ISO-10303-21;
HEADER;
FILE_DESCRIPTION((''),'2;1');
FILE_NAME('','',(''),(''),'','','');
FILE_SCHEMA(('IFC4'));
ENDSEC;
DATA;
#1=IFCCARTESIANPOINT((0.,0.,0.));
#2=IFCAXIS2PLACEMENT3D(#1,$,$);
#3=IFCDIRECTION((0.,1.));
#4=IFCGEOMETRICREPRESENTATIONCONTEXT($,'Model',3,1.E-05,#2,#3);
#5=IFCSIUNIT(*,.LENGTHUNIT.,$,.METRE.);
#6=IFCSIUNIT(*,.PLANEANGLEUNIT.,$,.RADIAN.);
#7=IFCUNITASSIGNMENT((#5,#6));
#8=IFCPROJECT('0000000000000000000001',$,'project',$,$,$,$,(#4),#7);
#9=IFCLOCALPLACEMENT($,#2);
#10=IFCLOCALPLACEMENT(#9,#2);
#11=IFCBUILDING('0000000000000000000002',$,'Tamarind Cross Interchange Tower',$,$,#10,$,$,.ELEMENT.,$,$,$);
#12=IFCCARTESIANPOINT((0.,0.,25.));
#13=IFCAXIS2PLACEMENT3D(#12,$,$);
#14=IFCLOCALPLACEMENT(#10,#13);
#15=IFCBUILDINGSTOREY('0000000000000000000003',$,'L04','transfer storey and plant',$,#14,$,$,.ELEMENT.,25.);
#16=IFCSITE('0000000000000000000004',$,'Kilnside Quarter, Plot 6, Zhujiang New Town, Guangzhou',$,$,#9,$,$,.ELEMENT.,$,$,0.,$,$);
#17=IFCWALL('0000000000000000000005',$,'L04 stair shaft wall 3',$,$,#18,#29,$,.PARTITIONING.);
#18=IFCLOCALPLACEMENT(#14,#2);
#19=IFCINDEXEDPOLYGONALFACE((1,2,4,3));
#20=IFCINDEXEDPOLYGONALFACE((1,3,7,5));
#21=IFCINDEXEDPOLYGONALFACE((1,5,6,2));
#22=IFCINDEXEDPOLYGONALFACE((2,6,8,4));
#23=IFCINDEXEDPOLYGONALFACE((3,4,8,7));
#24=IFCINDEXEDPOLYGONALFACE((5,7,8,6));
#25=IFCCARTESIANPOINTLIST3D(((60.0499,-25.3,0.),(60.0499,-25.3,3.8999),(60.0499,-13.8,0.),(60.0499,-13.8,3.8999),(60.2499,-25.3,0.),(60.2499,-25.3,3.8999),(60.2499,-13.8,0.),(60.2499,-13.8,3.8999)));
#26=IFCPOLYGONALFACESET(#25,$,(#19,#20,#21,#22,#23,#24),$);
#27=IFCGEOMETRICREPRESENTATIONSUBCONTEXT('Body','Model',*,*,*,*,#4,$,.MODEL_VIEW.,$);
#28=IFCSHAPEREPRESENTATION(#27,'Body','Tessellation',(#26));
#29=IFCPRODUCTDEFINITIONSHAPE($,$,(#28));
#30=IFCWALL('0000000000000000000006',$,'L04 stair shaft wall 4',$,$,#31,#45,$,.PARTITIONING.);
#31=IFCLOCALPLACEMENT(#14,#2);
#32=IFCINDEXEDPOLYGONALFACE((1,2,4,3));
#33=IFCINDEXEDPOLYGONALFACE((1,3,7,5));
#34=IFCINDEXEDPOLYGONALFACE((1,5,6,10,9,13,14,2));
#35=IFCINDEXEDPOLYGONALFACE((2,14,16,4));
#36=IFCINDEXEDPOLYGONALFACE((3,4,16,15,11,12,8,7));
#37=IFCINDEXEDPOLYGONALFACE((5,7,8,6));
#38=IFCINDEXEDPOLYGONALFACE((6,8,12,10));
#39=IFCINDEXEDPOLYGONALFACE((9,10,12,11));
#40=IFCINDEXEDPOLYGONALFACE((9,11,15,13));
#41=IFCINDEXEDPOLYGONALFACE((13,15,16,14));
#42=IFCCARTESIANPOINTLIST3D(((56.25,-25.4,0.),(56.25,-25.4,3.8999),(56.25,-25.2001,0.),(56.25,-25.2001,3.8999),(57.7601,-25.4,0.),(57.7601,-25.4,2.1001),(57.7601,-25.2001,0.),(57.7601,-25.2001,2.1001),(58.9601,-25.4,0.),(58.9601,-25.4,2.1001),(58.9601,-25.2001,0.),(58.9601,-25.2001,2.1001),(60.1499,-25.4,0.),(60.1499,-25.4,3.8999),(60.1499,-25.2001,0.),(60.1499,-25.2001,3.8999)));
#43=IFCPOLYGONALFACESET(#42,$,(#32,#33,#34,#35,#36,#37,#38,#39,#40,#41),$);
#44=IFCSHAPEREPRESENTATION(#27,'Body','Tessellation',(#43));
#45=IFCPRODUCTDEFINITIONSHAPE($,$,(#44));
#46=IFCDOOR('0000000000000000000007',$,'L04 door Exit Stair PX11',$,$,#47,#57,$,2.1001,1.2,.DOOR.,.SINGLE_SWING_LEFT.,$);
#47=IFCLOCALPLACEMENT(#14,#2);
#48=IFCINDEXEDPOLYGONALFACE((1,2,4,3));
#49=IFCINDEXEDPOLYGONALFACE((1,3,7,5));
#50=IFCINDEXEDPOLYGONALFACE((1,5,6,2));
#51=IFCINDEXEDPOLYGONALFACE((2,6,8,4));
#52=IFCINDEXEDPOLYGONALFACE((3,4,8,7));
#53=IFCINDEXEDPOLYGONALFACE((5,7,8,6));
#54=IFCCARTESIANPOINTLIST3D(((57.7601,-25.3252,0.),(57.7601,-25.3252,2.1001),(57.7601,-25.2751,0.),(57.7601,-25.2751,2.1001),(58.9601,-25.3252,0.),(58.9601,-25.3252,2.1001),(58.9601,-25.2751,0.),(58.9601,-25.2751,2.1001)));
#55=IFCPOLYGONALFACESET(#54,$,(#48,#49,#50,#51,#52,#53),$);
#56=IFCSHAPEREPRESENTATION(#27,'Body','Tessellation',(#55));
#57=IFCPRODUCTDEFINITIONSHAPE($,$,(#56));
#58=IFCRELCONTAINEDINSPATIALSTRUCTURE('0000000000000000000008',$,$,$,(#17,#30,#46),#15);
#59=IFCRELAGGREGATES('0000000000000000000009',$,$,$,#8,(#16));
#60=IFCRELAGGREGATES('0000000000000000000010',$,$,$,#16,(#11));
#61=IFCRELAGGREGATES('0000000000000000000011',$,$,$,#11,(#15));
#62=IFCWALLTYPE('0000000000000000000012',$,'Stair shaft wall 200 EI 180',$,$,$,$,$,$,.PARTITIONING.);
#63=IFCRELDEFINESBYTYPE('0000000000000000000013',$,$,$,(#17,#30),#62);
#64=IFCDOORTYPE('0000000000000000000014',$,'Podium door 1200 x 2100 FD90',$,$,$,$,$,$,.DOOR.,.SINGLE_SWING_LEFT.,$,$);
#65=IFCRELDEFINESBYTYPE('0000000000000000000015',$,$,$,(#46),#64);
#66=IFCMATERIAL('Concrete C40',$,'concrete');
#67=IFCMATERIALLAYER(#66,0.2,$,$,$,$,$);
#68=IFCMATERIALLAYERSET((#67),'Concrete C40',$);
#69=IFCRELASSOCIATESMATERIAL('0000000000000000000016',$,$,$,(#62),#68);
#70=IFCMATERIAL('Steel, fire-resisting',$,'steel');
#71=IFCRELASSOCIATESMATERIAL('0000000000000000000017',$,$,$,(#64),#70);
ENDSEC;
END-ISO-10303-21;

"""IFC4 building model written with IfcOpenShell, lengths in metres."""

from ifc_helpers import new_model, si_unit, direction, frame, frame_2d, origin, place, context, subcontext, project, spatial, rectangle, extrude, material, layer, layer_set, type_object, element, fill, save


model = new_model("IFC4")

# Units and contexts
model_context = context("Model", 3, precision=1e-05, world=origin(), true_north=direction((0.0, 1.0)))
body_context = subcontext(model_context, "Body", "Model", "MODEL_VIEW")
ifc_project = project(units=[si_unit("LENGTHUNIT", "METRE"), si_unit("PLANEANGLEUNIT", "RADIAN")], contexts=[model_context])

# Site, building, storey
site_placement = place(None, origin())
site = spatial("IfcSite", under=ifc_project, at=site_placement, Name="Kilnside Quarter, Plot 6, Zhujiang New Town, Guangzhou", CompositionType="ELEMENT", RefElevation=0.0)
building_placement = place(site_placement, origin())
building = spatial("IfcBuilding", under=site, at=building_placement, Name="Tamarind Cross Interchange Tower", CompositionType="ELEMENT")
storey_placement = place(building_placement, frame((0.0, 0.0, 25.0)))
storey = spatial("IfcBuildingStorey", under=building, at=storey_placement, Name="L04", Description="transfer storey and plant", CompositionType="ELEMENT", Elevation=25.0)

# Shared definitions
ifc_material_1 = material(Name="Steel, fire-resisting", Category="steel")

# Wall
ifc_material_2 = material(Name="Concrete C40", Category="concrete")
ifc_layer_1 = layer(ifc_material_2, 0.2)
ifc_layer_set_1 = layer_set([ifc_layer_1], Name="Concrete C40")
wall_type_1 = type_object("IfcWallType", Name="Stair shaft wall 200 EI 180", PredefinedType="PARTITIONING", material=ifc_layer_set_1)
for number, where, z_axis, x_axis, name in (
    (1, (60.1499, -25.3, 0.0), (0.0, 0.0, 1.0), (0.0, 1.0, 0.0), "L04 stair shaft wall 3"),
):
    element("IfcWall", number, at=place(storey_placement, frame(where, z_axis=z_axis, x_axis=x_axis)), inside=storey, type_object=wall_type_1, Name=name, PredefinedType="PARTITIONING", context=body_context, shape_type="SweptSolid", body=[
        extrude(rectangle(XDim=11.5, YDim=0.2, at=frame_2d((5.75, 0.0))), origin(), (0.0, 0.0, 1.0), 3.8999),
    ])

# Wall, opening, door
wall_1_placement = place(storey_placement, frame((56.25, -25.3, 0.0), z_axis=(0.0, 0.0, 1.0), x_axis=(1.0, 0.0, 0.0)))
wall_1 = element("IfcWall", 2, at=wall_1_placement, inside=storey, type_object=wall_type_1, Name="L04 stair shaft wall 4", PredefinedType="PARTITIONING", context=body_context, shape_type="SweptSolid", body=[
    extrude(rectangle(XDim=3.8999, YDim=0.2, at=frame_2d((1.95, 0.0))), origin(), (0.0, 0.0, 1.0), 3.8999),
])
opening_1_placement = place(wall_1_placement, frame((1.51, 0.0, 0.0)))
opening_1 = element("IfcOpeningElement", 3, at=opening_1_placement, cuts=wall_1, PredefinedType="OPENING", context=body_context, shape_type="SweptSolid", body=[
    extrude(rectangle(XDim=1.2, YDim=2.1001, at=frame_2d((0.6001, 1.05))), frame((0.0, 0.1099, 0.0), z_axis=(0.0, -1.0, 0.0), x_axis=(1.0, 0.0, 0.0)), (0.0, 0.0, 1.0), 0.22),
])
door_type_1 = type_object("IfcDoorType", Name="Podium door 1200 x 2100 FD90", OperationType="SINGLE_SWING_LEFT", PredefinedType="DOOR", material=ifc_material_1)
door_1_placement = place(opening_1_placement, origin())
door_1 = element("IfcDoor", 4, at=door_1_placement, inside=storey, type_object=door_type_1, Name="L04 door Exit Stair PX11", OperationType="SINGLE_SWING_LEFT", OverallHeight=2.1001, OverallWidth=1.2, PredefinedType="DOOR", context=body_context, shape_type="SweptSolid", body=[
    extrude(rectangle(XDim=1.2, YDim=2.1001, at=frame_2d((0.6001, 1.05))), frame((0.0, 0.0249, 0.0), z_axis=(0.0, -1.0, 0.0), x_axis=(1.0, 0.0, 0.0)), (0.0, 0.0, 1.0), 0.05),
])
fill(opening_1, door_1)

save(model, "model.ifc")
